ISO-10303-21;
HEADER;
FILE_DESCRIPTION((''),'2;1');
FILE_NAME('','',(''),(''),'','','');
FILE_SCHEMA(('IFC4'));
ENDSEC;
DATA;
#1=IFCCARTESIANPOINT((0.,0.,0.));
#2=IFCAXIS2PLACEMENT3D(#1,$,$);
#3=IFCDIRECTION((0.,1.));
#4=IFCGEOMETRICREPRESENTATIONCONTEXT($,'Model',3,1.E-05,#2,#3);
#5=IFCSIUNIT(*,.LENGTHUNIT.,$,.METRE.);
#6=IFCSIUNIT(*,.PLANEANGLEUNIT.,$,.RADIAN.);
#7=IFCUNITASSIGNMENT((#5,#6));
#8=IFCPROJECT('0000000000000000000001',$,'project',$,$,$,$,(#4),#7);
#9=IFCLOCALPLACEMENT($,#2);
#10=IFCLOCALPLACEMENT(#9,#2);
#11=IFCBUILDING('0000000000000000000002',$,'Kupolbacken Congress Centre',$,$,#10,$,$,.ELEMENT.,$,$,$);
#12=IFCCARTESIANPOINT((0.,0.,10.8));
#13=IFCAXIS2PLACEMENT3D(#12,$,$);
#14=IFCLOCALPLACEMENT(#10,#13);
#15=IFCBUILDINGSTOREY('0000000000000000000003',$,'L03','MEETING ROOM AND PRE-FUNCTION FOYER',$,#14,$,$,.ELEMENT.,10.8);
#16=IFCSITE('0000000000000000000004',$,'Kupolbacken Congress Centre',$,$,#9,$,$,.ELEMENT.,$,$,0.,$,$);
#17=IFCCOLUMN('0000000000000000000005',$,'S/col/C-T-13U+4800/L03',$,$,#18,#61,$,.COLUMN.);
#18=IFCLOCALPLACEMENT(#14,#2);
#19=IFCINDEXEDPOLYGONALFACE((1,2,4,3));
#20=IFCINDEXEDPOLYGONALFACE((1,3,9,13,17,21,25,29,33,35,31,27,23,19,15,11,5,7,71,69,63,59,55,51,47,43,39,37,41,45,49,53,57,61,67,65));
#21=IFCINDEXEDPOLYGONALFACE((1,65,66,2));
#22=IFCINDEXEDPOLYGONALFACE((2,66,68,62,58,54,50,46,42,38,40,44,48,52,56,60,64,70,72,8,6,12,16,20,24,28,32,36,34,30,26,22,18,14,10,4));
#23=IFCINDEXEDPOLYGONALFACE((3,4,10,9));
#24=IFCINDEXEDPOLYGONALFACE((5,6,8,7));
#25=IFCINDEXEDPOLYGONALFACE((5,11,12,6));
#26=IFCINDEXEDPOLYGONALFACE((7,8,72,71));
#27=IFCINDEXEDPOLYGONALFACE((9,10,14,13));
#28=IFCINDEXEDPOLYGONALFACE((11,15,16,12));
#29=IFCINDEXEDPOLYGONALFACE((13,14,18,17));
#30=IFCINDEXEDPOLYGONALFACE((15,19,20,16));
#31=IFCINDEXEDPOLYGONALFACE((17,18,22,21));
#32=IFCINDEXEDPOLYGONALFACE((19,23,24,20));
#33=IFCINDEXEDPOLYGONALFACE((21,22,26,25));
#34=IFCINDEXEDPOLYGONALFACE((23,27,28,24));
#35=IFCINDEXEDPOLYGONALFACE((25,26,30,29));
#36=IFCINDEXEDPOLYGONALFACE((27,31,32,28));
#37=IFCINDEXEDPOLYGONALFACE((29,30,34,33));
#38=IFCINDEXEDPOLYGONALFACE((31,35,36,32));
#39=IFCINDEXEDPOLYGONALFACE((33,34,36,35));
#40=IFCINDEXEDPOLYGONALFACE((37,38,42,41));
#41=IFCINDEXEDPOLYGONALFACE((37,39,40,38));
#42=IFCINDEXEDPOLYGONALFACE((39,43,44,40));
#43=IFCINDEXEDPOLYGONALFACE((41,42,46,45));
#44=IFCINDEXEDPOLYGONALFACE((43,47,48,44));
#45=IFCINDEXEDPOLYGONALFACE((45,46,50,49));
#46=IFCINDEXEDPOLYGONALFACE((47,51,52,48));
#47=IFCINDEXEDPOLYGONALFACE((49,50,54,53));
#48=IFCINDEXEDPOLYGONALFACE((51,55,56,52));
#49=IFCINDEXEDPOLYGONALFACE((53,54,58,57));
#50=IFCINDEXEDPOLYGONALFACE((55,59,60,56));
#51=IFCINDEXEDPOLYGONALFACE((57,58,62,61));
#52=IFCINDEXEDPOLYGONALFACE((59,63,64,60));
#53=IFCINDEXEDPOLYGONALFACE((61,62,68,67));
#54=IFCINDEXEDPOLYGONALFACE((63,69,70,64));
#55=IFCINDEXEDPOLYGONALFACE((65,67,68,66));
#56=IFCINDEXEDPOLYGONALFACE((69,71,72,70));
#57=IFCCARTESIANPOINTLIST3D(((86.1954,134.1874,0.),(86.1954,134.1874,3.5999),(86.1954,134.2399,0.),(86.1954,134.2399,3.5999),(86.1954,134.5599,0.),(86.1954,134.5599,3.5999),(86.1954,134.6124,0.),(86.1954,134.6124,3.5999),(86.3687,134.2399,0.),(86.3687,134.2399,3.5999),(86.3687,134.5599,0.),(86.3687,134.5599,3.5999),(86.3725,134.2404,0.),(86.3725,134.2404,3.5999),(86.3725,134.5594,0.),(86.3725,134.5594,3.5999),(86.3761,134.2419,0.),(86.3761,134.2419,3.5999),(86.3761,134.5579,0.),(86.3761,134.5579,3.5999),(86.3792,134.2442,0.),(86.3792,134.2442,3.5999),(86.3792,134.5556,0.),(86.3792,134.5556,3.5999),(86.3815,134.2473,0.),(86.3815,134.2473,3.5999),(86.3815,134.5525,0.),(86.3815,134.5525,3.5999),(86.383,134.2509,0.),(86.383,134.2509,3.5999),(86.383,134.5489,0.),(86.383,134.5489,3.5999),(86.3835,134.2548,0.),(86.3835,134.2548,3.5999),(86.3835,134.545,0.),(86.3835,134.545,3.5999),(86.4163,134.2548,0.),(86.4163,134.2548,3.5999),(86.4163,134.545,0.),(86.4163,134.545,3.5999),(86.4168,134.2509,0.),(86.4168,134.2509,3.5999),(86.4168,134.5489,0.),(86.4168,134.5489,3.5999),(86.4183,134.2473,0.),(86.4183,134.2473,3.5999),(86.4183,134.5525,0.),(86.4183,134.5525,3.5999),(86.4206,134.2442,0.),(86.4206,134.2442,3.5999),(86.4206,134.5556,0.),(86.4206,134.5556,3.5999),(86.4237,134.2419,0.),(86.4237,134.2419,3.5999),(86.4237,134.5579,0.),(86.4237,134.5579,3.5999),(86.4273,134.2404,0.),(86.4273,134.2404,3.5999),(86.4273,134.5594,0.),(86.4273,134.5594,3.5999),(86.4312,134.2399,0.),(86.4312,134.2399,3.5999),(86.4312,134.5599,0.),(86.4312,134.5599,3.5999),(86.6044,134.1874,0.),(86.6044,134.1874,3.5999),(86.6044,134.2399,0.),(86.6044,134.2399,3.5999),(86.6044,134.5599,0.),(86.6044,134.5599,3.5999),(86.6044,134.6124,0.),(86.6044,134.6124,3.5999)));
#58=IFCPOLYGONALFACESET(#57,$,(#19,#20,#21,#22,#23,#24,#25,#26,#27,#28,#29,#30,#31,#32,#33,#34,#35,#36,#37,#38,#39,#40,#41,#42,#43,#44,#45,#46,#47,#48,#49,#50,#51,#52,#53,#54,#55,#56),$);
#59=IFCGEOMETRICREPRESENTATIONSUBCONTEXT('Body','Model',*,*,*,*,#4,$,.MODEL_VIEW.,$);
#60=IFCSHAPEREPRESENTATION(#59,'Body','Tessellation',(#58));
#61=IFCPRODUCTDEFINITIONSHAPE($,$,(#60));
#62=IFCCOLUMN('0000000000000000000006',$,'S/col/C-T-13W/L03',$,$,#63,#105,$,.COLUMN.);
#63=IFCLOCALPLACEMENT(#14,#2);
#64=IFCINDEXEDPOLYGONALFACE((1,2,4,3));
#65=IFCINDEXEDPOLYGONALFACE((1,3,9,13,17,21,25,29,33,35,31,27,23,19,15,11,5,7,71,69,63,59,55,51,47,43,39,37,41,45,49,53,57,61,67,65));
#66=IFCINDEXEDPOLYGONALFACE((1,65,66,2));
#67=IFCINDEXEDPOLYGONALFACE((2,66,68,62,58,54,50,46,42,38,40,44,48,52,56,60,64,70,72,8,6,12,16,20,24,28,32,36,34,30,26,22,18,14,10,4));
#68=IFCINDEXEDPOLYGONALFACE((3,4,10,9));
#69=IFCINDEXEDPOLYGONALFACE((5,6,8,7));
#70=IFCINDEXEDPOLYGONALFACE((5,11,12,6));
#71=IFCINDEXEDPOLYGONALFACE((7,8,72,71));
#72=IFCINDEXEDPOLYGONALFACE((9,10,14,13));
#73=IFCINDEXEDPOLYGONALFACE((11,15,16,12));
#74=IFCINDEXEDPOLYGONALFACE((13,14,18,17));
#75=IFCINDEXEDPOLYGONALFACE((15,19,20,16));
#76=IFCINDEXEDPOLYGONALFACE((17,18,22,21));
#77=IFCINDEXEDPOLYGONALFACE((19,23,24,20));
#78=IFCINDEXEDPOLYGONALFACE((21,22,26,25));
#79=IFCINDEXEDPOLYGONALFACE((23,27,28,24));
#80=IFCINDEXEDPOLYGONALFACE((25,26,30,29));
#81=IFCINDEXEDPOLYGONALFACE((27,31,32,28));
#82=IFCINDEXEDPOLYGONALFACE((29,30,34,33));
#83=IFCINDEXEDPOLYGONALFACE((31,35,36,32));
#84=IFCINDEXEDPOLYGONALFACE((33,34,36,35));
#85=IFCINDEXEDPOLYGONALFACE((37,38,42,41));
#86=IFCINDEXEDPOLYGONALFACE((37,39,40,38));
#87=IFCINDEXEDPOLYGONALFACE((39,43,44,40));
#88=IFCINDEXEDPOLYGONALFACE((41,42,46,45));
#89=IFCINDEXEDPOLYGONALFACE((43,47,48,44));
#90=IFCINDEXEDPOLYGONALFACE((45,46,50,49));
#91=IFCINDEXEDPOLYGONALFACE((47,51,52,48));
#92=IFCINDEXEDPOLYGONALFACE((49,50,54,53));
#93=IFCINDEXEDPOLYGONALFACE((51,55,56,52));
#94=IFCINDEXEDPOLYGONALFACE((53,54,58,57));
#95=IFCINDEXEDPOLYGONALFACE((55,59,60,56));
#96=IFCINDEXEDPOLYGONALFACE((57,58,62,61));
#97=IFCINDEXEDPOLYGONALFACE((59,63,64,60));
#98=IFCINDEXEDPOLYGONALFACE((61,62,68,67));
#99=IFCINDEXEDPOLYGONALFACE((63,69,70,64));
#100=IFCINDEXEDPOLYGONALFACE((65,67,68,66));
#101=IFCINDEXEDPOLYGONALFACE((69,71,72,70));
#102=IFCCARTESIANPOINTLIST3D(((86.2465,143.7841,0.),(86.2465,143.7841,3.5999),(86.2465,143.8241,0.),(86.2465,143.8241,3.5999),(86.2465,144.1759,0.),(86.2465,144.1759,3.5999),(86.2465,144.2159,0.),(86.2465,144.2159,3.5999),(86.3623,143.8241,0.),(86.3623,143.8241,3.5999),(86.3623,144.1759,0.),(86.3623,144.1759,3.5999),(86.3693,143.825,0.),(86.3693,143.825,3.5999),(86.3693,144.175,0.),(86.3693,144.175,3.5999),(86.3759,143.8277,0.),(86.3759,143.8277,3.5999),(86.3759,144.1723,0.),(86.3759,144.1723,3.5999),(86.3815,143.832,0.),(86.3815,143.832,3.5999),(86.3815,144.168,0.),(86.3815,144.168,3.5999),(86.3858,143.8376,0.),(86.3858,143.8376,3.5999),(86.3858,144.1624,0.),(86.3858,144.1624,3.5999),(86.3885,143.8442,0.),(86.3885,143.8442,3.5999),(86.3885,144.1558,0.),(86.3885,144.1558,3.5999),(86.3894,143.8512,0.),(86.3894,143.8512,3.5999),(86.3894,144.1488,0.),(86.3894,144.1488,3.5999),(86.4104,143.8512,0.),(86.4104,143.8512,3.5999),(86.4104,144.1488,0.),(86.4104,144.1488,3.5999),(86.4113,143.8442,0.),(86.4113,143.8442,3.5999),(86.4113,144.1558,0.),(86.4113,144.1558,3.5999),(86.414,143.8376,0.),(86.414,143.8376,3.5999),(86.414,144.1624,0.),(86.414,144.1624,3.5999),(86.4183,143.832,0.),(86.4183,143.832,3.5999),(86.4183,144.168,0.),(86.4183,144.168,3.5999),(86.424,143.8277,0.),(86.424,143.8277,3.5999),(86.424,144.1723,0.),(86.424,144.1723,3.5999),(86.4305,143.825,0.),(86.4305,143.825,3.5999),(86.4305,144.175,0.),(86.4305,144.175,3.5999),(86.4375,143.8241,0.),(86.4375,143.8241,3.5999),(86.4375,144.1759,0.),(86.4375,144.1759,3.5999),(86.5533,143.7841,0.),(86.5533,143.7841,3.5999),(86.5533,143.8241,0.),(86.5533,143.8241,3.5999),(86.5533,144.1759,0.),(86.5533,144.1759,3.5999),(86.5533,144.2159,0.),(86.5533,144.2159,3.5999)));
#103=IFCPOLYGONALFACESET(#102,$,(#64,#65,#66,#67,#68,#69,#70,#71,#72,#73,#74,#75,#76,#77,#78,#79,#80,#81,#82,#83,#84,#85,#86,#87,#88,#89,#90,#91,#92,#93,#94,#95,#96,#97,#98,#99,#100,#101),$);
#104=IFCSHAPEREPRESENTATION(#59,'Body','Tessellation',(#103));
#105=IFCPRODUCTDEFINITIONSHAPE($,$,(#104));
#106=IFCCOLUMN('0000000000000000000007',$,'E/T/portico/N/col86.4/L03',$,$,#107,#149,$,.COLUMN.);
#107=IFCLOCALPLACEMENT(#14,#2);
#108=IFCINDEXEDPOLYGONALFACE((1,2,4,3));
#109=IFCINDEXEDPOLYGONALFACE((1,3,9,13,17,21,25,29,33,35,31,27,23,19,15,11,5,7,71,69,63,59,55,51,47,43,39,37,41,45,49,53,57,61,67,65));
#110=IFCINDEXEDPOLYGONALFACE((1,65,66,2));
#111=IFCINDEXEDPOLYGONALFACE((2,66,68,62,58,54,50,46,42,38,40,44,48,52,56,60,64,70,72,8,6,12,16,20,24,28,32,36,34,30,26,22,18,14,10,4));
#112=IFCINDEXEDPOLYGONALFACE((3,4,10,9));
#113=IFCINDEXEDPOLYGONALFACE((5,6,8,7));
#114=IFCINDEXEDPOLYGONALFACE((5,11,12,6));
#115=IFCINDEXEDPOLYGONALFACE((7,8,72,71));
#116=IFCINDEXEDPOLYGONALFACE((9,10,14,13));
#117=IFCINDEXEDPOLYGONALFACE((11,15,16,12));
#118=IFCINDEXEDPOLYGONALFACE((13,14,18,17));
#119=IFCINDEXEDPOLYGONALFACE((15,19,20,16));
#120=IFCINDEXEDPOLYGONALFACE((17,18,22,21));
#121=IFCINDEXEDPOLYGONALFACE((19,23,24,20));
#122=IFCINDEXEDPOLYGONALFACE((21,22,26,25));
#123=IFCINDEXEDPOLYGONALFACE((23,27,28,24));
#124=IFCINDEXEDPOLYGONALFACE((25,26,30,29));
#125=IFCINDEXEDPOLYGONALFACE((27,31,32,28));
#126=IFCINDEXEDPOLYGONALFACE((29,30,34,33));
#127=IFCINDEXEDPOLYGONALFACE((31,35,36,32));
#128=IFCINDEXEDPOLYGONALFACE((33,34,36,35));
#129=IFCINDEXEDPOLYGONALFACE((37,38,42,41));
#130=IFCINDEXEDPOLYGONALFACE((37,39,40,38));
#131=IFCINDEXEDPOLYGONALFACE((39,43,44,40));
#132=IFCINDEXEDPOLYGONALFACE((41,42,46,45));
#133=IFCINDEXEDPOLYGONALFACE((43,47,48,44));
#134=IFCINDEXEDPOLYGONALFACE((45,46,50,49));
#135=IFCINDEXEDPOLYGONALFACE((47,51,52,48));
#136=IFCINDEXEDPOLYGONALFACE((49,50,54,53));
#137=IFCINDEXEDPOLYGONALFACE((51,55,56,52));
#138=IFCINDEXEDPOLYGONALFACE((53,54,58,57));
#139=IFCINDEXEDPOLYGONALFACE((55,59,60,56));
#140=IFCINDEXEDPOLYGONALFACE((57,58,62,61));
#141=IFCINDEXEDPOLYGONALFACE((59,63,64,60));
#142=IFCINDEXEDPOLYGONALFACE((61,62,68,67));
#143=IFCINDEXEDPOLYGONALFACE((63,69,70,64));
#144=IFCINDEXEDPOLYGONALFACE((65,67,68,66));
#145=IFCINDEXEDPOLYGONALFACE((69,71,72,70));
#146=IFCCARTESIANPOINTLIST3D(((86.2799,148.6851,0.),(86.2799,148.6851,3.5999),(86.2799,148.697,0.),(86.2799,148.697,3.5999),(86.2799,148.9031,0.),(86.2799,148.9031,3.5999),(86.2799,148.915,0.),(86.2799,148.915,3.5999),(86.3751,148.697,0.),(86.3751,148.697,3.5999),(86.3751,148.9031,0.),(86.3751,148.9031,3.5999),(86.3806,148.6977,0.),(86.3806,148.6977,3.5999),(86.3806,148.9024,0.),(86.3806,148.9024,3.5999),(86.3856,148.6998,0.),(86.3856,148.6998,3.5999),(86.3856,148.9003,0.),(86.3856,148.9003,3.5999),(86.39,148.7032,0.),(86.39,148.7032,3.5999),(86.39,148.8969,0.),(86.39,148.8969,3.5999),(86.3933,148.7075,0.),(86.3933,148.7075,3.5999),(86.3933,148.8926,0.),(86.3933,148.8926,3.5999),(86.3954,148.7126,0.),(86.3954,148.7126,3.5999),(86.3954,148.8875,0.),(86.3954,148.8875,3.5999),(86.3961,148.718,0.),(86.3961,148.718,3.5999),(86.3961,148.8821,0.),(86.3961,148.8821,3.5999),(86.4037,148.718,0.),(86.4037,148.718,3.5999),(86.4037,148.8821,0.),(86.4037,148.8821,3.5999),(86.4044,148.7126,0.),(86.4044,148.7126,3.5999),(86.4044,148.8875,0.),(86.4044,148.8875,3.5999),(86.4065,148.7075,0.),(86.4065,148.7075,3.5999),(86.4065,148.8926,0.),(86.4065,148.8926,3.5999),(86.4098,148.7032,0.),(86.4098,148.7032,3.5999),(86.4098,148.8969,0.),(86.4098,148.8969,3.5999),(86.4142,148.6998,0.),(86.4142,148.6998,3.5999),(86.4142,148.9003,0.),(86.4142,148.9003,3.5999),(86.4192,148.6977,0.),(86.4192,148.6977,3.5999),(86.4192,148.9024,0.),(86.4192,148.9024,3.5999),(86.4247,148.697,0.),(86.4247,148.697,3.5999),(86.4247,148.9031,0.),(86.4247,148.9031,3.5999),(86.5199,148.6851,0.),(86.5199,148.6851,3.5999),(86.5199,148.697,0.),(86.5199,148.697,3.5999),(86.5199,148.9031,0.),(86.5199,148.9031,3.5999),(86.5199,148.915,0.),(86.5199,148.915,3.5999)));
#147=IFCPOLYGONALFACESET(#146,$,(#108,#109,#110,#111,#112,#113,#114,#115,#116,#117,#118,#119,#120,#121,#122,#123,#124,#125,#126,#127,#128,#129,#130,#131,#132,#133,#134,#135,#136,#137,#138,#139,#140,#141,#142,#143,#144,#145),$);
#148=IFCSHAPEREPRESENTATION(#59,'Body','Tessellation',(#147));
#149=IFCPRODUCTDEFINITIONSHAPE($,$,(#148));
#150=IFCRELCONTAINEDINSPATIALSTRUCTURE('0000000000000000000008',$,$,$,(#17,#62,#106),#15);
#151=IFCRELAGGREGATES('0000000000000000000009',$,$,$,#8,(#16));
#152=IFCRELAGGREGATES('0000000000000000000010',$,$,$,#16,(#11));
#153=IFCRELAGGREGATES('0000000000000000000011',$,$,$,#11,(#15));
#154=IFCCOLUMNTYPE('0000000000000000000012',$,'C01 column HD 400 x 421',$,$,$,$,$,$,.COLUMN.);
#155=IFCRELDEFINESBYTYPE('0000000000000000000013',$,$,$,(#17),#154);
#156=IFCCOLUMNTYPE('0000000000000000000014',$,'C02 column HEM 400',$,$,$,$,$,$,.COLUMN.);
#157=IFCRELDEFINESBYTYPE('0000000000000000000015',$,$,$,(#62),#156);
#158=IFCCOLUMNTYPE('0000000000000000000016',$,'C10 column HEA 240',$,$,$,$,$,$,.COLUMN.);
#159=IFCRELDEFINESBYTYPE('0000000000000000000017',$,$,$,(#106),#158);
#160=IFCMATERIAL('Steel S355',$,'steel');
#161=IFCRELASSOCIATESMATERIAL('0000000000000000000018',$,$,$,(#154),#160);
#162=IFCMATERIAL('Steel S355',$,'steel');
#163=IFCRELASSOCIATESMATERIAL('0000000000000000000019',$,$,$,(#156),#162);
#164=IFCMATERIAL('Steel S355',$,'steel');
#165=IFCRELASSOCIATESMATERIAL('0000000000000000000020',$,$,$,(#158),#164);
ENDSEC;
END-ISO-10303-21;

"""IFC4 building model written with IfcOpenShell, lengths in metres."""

from ifc_helpers import new_model, si_unit, direction, frame, origin, origin_2d, place, context, subcontext, project, spatial, i_section, extrude, material, material_profile, profile_set, type_object, element, save


model = new_model("IFC4")

# Units and contexts
model_context = context("Model", 3, precision=1e-05, world=origin(), true_north=direction((0.0, 1.0)))
body_context = subcontext(model_context, "Body", "Model", "MODEL_VIEW")
ifc_project = project(units=[si_unit("LENGTHUNIT", "METRE"), si_unit("PLANEANGLEUNIT", "RADIAN")], contexts=[model_context])

# Site, building, storey
site_placement = place(None, origin())
site = spatial("IfcSite", under=ifc_project, at=site_placement, Name="Kupolbacken Congress Centre", CompositionType="ELEMENT", RefElevation=0.0)
building_placement = place(site_placement, origin())
building = spatial("IfcBuilding", under=site, at=building_placement, Name="Kupolbacken Congress Centre", CompositionType="ELEMENT")
storey_placement = place(building_placement, frame((0.0, 0.0, 10.8)))
storey = spatial("IfcBuildingStorey", under=building, at=storey_placement, Name="L03", Description="MEETING ROOM AND PRE-FUNCTION FOYER", CompositionType="ELEMENT", Elevation=10.8)

# Columns
ifc_material_1 = material(Name="Steel S355", Category="steel")
ifc_material_profile_1 = material_profile(ifc_material_1, i_section(OverallWidth=0.4089, OverallDepth=0.425, WebThickness=0.0327, FlangeThickness=0.0525, FilletRadius=0.0149, at=origin_2d()), Name="HD 400 x 421")
ifc_profile_set_1 = profile_set([ifc_material_profile_1], Name="Steel S355")
column_type_1 = type_object("IfcColumnType", Name="C01 column HD 400 x 421", PredefinedType="COLUMN", material=ifc_profile_set_1)
column_1_placement = place(storey_placement, frame((86.3999, 134.3999, 0.0), z_axis=(0.0, 0.0, 1.0), x_axis=(1.0, 0.0, 0.0)))
element("IfcColumn", 1, at=column_1_placement, inside=storey, type_object=column_type_1, Name="S/col/C-T-13U+4800/L03", PredefinedType="COLUMN", context=body_context, shape_type="SweptSolid", body=[
    extrude(i_section(OverallWidth=0.4089, OverallDepth=0.425, WebThickness=0.0327, FlangeThickness=0.0525, FilletRadius=0.0149, at=origin_2d()), origin(), (0.0, 0.0, 1.0), 3.5999),
])
ifc_material_2 = material(Name="Steel S355", Category="steel")
ifc_material_profile_2 = material_profile(ifc_material_2, i_section(OverallWidth=0.3069, OverallDepth=0.4319, WebThickness=0.021, FlangeThickness=0.04, FilletRadius=0.0271, at=origin_2d()), Name="HEM 400")
ifc_profile_set_2 = profile_set([ifc_material_profile_2], Name="Steel S355")
column_type_2 = type_object("IfcColumnType", Name="C02 column HEM 400", PredefinedType="COLUMN", material=ifc_profile_set_2)
column_2_placement = place(storey_placement, frame((86.3999, 144.0, 0.0), z_axis=(0.0, 0.0, 1.0), x_axis=(1.0, 0.0, 0.0)))
element("IfcColumn", 2, at=column_2_placement, inside=storey, type_object=column_type_2, Name="S/col/C-T-13W/L03", PredefinedType="COLUMN", context=body_context, shape_type="SweptSolid", body=[
    extrude(i_section(OverallWidth=0.3069, OverallDepth=0.4319, WebThickness=0.021, FlangeThickness=0.04, FilletRadius=0.0271, at=origin_2d()), origin(), (0.0, 0.0, 1.0), 3.5999),
])
ifc_material_3 = material(Name="Steel S355", Category="steel")
ifc_material_profile_3 = material_profile(ifc_material_3, i_section(OverallWidth=0.24, OverallDepth=0.23, WebThickness=0.0076, FlangeThickness=0.012, FilletRadius=0.021, at=origin_2d()), Name="HEA 240")
ifc_profile_set_3 = profile_set([ifc_material_profile_3], Name="Steel S355")
column_type_3 = type_object("IfcColumnType", Name="C10 column HEA 240", PredefinedType="COLUMN", material=ifc_profile_set_3)
column_3_placement = place(storey_placement, frame((86.3999, 148.8, 0.0), z_axis=(0.0, 0.0, 1.0), x_axis=(1.0, 0.0, 0.0)))
element("IfcColumn", 3, at=column_3_placement, inside=storey, type_object=column_type_3, Name="E/T/portico/N/col86.4/L03", PredefinedType="COLUMN", context=body_context, shape_type="SweptSolid", body=[
    extrude(i_section(OverallWidth=0.24, OverallDepth=0.23, WebThickness=0.0076, FlangeThickness=0.012, FilletRadius=0.021, at=origin_2d()), origin(), (0.0, 0.0, 1.0), 3.5999),
])

save(model, "model.ifc")
